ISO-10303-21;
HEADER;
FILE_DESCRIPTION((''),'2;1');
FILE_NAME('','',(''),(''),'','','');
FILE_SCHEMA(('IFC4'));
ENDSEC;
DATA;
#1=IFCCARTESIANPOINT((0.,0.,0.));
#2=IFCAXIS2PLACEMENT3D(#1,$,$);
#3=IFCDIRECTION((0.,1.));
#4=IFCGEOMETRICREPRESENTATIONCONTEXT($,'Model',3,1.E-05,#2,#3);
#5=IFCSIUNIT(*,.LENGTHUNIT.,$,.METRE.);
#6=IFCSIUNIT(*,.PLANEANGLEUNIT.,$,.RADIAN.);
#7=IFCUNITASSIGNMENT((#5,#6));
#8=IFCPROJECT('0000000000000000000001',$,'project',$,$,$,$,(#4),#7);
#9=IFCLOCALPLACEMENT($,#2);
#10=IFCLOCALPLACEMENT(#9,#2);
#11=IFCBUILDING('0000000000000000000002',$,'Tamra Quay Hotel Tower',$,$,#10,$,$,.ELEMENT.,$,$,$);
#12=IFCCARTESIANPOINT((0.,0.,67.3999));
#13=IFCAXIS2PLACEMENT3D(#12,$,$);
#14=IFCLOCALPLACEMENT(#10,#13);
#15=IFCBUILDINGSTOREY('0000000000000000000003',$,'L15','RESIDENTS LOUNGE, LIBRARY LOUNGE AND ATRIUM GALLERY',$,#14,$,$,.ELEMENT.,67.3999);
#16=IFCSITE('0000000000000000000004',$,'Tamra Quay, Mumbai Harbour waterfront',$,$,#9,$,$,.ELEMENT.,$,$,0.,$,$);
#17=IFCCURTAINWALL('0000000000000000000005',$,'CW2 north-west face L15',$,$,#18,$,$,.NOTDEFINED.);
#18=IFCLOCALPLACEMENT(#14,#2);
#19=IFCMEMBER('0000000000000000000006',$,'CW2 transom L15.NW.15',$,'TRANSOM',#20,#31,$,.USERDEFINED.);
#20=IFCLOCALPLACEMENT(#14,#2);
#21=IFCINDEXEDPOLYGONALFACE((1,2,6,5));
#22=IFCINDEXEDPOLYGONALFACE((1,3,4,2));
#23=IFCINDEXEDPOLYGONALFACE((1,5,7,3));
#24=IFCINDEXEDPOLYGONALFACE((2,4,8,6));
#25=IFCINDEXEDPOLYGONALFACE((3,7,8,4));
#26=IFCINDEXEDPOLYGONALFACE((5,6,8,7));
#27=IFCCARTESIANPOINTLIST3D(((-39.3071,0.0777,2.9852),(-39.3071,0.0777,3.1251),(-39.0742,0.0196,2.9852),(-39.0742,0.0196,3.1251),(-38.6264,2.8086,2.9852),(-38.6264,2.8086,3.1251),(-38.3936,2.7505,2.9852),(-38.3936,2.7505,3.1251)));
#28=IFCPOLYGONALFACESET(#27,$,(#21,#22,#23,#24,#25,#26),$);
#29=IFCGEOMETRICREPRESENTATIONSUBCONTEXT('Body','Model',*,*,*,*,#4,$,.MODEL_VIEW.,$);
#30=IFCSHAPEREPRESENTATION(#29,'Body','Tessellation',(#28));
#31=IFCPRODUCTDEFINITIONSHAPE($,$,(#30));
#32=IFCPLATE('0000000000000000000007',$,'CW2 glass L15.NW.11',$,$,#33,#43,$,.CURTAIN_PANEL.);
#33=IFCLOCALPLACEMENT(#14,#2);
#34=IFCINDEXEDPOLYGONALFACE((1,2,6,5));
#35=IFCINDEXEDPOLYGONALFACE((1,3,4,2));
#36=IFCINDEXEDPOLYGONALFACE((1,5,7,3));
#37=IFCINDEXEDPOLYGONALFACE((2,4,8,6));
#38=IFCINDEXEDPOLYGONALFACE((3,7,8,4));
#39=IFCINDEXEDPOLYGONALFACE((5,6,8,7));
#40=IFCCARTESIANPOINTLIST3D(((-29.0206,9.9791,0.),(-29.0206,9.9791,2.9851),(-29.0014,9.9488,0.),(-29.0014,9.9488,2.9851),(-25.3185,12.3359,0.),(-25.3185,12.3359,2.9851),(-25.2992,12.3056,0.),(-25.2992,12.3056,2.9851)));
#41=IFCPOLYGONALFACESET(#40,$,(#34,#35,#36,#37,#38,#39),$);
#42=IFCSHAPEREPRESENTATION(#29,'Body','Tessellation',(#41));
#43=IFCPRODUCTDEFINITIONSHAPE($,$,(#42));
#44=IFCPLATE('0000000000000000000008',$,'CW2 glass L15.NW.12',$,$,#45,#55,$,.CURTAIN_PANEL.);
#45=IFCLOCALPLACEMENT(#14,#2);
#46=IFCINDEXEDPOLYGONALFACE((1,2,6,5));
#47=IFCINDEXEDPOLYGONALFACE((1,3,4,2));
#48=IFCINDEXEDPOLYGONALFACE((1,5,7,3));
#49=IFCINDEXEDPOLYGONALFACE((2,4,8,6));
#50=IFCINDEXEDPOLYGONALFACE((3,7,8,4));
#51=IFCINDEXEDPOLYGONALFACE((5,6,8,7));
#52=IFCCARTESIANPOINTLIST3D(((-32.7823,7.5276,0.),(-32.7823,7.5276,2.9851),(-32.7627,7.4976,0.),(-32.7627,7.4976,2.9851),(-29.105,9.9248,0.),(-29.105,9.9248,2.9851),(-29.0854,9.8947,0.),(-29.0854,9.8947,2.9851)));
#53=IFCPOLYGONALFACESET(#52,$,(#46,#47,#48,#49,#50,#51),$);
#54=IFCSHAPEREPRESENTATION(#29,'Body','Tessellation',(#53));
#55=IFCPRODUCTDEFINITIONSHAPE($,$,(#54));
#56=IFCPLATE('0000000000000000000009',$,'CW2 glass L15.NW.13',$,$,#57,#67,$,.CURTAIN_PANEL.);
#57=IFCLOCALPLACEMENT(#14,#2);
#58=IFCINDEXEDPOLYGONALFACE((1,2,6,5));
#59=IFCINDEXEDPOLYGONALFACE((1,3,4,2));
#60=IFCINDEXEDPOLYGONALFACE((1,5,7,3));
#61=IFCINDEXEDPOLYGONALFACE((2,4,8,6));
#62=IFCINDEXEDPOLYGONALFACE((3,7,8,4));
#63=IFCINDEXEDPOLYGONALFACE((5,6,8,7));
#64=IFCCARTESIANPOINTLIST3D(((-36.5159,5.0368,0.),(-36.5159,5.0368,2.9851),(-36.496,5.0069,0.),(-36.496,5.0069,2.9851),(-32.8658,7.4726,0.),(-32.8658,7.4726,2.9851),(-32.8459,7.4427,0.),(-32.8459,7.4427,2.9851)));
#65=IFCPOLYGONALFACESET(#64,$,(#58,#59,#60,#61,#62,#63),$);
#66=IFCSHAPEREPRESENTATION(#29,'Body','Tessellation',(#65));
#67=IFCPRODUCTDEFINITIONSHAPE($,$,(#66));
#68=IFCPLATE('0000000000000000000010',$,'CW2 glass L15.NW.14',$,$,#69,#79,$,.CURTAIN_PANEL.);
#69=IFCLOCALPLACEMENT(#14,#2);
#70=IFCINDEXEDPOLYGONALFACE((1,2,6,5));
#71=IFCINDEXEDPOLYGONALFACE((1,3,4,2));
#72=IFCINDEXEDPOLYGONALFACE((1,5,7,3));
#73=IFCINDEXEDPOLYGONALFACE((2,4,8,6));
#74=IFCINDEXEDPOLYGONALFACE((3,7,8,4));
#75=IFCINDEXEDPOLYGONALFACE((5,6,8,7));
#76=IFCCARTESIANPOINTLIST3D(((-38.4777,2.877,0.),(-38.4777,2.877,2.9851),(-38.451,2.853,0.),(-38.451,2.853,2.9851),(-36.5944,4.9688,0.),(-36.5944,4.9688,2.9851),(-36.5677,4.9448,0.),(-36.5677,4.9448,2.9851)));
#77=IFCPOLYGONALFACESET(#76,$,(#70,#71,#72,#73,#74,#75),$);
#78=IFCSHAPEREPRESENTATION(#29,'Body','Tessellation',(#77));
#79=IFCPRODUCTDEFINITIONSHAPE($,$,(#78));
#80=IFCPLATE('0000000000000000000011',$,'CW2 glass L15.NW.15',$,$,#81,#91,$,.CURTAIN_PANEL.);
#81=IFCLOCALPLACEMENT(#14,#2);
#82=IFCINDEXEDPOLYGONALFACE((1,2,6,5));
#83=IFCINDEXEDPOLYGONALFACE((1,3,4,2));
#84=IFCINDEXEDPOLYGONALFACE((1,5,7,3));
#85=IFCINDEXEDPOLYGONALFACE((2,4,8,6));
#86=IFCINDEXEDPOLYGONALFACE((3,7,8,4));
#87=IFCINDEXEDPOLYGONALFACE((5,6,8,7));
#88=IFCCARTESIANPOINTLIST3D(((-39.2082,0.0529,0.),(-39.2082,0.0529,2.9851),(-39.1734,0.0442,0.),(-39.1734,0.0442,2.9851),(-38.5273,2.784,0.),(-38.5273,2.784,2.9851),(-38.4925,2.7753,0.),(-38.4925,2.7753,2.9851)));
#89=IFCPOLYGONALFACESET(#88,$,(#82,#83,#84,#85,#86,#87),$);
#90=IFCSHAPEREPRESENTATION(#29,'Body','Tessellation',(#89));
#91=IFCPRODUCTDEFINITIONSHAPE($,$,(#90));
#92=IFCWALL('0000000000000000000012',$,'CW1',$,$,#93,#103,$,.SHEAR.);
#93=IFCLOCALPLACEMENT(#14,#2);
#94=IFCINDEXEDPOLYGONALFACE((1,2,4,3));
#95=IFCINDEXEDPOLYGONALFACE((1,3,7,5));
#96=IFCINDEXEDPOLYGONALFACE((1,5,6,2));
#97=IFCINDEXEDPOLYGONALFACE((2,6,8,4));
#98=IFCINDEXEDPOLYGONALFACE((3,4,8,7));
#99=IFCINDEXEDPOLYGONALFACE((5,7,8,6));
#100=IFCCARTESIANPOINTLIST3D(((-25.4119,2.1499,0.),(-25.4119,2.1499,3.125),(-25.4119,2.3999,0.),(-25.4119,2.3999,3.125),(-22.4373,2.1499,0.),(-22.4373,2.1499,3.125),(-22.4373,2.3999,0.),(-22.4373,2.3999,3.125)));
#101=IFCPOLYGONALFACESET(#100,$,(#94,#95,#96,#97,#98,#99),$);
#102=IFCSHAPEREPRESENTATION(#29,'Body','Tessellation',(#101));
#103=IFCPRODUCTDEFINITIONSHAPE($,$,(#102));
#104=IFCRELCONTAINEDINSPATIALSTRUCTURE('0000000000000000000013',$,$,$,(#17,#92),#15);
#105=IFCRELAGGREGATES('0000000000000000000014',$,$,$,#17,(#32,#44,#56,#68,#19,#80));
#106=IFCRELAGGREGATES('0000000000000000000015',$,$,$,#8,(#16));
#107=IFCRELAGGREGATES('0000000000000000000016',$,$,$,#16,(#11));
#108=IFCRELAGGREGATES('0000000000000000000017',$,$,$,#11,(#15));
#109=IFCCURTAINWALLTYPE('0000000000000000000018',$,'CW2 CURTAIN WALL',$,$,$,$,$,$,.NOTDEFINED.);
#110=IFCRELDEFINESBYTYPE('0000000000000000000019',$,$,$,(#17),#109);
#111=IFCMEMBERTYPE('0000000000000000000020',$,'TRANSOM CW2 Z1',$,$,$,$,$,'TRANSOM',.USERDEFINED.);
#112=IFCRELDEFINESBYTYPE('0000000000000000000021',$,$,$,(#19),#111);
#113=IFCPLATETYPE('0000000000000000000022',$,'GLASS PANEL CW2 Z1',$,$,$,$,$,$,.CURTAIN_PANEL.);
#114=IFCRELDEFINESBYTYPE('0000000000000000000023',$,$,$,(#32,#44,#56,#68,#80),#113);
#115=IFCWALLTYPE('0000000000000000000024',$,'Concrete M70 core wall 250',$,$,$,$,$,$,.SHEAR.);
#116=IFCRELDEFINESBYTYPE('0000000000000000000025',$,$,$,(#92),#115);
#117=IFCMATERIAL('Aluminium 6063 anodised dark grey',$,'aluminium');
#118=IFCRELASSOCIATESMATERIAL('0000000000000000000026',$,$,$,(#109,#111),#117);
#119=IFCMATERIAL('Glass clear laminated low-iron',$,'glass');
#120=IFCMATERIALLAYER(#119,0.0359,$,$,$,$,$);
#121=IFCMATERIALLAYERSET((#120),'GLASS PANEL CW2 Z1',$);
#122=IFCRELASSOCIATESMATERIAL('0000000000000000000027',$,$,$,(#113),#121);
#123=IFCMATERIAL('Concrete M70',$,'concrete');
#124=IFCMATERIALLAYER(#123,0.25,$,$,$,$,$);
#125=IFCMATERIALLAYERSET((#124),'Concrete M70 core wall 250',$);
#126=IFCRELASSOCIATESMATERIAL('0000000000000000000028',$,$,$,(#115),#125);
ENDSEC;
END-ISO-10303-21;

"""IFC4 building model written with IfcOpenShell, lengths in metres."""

from ifc_helpers import new_model, si_unit, direction, frame, frame_2d, origin, origin_2d, place, context, subcontext, project, spatial, rectangle, extrude, material, layer, layer_set, material_profile, profile_set, type_object, element, aggregate, save


model = new_model("IFC4")

# Units and contexts
model_context = context("Model", 3, precision=1e-05, world=origin(), true_north=direction((0.0, 1.0)))
body_context = subcontext(model_context, "Body", "Model", "MODEL_VIEW")
ifc_project = project(units=[si_unit("LENGTHUNIT", "METRE"), si_unit("PLANEANGLEUNIT", "RADIAN")], contexts=[model_context])

# Site, building, storey
site_placement = place(None, origin())
site = spatial("IfcSite", under=ifc_project, at=site_placement, Name="Tamra Quay, Mumbai Harbour waterfront", CompositionType="ELEMENT", RefElevation=0.0)
building_placement = place(site_placement, origin())
building = spatial("IfcBuilding", under=site, at=building_placement, Name="Tamra Quay Hotel Tower", CompositionType="ELEMENT")
storey_placement = place(building_placement, frame((0.0, 0.0, 67.3999)))
storey = spatial("IfcBuildingStorey", under=building, at=storey_placement, Name="L15", Description="RESIDENTS LOUNGE, LIBRARY LOUNGE AND ATRIUM GALLERY", CompositionType="ELEMENT", Elevation=67.3999)

# Shared definitions
ifc_material_1 = material(Name="Concrete M70", Category="concrete")

# Curtain wall
ifc_material_2 = material(Name="Aluminium 6063 anodised dark grey", Category="aluminium")
curtain_wall_type = type_object("IfcCurtainWallType", Name="CW2 CURTAIN WALL", PredefinedType="NOTDEFINED", material=ifc_material_2)
curtain_wall_placement = place(storey_placement, origin())
curtain_wall = element("IfcCurtainWall", 1, at=curtain_wall_placement, inside=storey, type_object=curtain_wall_type, Name="CW2 north-west face L15", PredefinedType="NOTDEFINED")

# Member
ifc_material_profile_1 = material_profile(ifc_material_2, rectangle(XDim=0.24, YDim=0.1399, at=origin_2d()), Name="TRANSOM 240X140")
ifc_profile_set_1 = profile_set([ifc_material_profile_1], Name="Aluminium 6063 anodised dark grey")
member_type_1 = type_object("IfcMemberType", Name="TRANSOM CW2 Z1", ElementType="TRANSOM", PredefinedType="USERDEFINED", material=ifc_profile_set_1)
member_1_placement = place(storey_placement, frame((-38.51, 2.7795, 3.0552), z_axis=(-0.241842, -0.970316, 0.0), x_axis=(0.970316, -0.241842, 0.0)))
member_1 = element("IfcMember", 2, at=member_1_placement, type_object=member_type_1, Name="CW2 transom L15.NW.15", ObjectType="TRANSOM", PredefinedType="USERDEFINED", context=body_context, shape_type="SweptSolid", body=[
    extrude(rectangle(XDim=0.24, YDim=0.1399, at=origin_2d()), origin(), (0.0, 0.0, 1.0), 2.8145),
])

# Plates
ifc_material_3 = material(Name="Glass clear laminated low-iron", Category="glass")
ifc_layer_1 = layer(ifc_material_3, 0.0359)
ifc_layer_set_1 = layer_set([ifc_layer_1], Name="GLASS PANEL CW2 Z1")
plate_type = type_object("IfcPlateType", Name="GLASS PANEL CW2 Z1", PredefinedType="CURTAIN_PANEL", material=ifc_layer_set_1)
plate_1_placement = place(storey_placement, frame((-27.1599, 11.1423, 0.0), z_axis=(0.0, 0.0, 1.0), x_axis=(-0.843571, -0.537018, 0.0)))
plate_1 = element("IfcPlate", 3, at=plate_1_placement, type_object=plate_type, Name="CW2 glass L15.NW.11", PredefinedType="CURTAIN_PANEL", context=body_context, shape_type="SweptSolid", body=[
    extrude(rectangle(XDim=4.3887, YDim=0.0359, at=origin_2d()), origin(), (0.0, 0.0, 1.0), 2.9851),
])
plate_2_placement = place(storey_placement, frame((-30.9338, 8.7112, 0.0), z_axis=(0.0, 0.0, 1.0), x_axis=(-0.837728, -0.546088, 0.0)))
plate_2 = element("IfcPlate", 4, at=plate_2_placement, type_object=plate_type, Name="CW2 glass L15.NW.12", PredefinedType="CURTAIN_PANEL", context=body_context, shape_type="SweptSolid", body=[
    extrude(rectangle(XDim=4.3896, YDim=0.0359, at=origin_2d()), origin(), (0.0, 0.0, 1.0), 2.9851),
])
plate_3_placement = place(storey_placement, frame((-34.6809, 6.2397, 0.0), z_axis=(0.0, 0.0, 1.0), x_axis=(-0.831798, -0.555079, 0.0)))
plate_3 = element("IfcPlate", 5, at=plate_3_placement, type_object=plate_type, Name="CW2 glass L15.NW.13", PredefinedType="CURTAIN_PANEL", context=body_context, shape_type="SweptSolid", body=[
    extrude(rectangle(XDim=4.3882, YDim=0.0359, at=origin_2d()), origin(), (0.0, 0.0, 1.0), 2.9851),
])
plate_4_placement = place(storey_placement, frame((-37.5227, 3.9109, 0.0), z_axis=(0.0, 0.0, 1.0), x_axis=(-0.669112, -0.743161, 0.0)))
plate_4 = element("IfcPlate", 6, at=plate_4_placement, type_object=plate_type, Name="CW2 glass L15.NW.14", PredefinedType="CURTAIN_PANEL", context=body_context, shape_type="SweptSolid", body=[
    extrude(rectangle(XDim=2.8147, YDim=0.0359, at=origin_2d()), origin(), (0.0, 0.0, 1.0), 2.9851),
])
plate_5_placement = place(storey_placement, frame((-38.8503, 1.4141, 0.0), z_axis=(0.0, 0.0, 1.0), x_axis=(-0.241914, -0.970298, 0.0)))
plate_5 = element("IfcPlate", 7, at=plate_5_placement, type_object=plate_type, Name="CW2 glass L15.NW.15", PredefinedType="CURTAIN_PANEL", context=body_context, shape_type="SweptSolid", body=[
    extrude(rectangle(XDim=2.8147, YDim=0.0359, at=origin_2d()), origin(), (0.0, 0.0, 1.0), 2.9851),
])
aggregate(curtain_wall, [plate_1, plate_2, plate_3, plate_4, member_1, plate_5])

# Wall
ifc_layer_2 = layer(ifc_material_1, 0.25)
ifc_layer_set_2 = layer_set([ifc_layer_2], Name="Concrete M70 core wall 250")
wall_type = type_object("IfcWallType", Name="Concrete M70 core wall 250", PredefinedType="SHEAR", material=ifc_layer_set_2)
wall_placement = place(storey_placement, frame((-25.4119, 2.2749, 0.0), z_axis=(0.0, 0.0, 1.0), x_axis=(1.0, 0.0, 0.0)))
element("IfcWall", 8, at=wall_placement, inside=storey, type_object=wall_type, Name="CW1", PredefinedType="SHEAR", context=body_context, shape_type="SweptSolid", body=[
    extrude(rectangle(XDim=2.9746, YDim=0.25, at=frame_2d((1.4873, 0.0))), origin(), (0.0, 0.0, 1.0), 3.125),
])

save(model, "model.ifc")
